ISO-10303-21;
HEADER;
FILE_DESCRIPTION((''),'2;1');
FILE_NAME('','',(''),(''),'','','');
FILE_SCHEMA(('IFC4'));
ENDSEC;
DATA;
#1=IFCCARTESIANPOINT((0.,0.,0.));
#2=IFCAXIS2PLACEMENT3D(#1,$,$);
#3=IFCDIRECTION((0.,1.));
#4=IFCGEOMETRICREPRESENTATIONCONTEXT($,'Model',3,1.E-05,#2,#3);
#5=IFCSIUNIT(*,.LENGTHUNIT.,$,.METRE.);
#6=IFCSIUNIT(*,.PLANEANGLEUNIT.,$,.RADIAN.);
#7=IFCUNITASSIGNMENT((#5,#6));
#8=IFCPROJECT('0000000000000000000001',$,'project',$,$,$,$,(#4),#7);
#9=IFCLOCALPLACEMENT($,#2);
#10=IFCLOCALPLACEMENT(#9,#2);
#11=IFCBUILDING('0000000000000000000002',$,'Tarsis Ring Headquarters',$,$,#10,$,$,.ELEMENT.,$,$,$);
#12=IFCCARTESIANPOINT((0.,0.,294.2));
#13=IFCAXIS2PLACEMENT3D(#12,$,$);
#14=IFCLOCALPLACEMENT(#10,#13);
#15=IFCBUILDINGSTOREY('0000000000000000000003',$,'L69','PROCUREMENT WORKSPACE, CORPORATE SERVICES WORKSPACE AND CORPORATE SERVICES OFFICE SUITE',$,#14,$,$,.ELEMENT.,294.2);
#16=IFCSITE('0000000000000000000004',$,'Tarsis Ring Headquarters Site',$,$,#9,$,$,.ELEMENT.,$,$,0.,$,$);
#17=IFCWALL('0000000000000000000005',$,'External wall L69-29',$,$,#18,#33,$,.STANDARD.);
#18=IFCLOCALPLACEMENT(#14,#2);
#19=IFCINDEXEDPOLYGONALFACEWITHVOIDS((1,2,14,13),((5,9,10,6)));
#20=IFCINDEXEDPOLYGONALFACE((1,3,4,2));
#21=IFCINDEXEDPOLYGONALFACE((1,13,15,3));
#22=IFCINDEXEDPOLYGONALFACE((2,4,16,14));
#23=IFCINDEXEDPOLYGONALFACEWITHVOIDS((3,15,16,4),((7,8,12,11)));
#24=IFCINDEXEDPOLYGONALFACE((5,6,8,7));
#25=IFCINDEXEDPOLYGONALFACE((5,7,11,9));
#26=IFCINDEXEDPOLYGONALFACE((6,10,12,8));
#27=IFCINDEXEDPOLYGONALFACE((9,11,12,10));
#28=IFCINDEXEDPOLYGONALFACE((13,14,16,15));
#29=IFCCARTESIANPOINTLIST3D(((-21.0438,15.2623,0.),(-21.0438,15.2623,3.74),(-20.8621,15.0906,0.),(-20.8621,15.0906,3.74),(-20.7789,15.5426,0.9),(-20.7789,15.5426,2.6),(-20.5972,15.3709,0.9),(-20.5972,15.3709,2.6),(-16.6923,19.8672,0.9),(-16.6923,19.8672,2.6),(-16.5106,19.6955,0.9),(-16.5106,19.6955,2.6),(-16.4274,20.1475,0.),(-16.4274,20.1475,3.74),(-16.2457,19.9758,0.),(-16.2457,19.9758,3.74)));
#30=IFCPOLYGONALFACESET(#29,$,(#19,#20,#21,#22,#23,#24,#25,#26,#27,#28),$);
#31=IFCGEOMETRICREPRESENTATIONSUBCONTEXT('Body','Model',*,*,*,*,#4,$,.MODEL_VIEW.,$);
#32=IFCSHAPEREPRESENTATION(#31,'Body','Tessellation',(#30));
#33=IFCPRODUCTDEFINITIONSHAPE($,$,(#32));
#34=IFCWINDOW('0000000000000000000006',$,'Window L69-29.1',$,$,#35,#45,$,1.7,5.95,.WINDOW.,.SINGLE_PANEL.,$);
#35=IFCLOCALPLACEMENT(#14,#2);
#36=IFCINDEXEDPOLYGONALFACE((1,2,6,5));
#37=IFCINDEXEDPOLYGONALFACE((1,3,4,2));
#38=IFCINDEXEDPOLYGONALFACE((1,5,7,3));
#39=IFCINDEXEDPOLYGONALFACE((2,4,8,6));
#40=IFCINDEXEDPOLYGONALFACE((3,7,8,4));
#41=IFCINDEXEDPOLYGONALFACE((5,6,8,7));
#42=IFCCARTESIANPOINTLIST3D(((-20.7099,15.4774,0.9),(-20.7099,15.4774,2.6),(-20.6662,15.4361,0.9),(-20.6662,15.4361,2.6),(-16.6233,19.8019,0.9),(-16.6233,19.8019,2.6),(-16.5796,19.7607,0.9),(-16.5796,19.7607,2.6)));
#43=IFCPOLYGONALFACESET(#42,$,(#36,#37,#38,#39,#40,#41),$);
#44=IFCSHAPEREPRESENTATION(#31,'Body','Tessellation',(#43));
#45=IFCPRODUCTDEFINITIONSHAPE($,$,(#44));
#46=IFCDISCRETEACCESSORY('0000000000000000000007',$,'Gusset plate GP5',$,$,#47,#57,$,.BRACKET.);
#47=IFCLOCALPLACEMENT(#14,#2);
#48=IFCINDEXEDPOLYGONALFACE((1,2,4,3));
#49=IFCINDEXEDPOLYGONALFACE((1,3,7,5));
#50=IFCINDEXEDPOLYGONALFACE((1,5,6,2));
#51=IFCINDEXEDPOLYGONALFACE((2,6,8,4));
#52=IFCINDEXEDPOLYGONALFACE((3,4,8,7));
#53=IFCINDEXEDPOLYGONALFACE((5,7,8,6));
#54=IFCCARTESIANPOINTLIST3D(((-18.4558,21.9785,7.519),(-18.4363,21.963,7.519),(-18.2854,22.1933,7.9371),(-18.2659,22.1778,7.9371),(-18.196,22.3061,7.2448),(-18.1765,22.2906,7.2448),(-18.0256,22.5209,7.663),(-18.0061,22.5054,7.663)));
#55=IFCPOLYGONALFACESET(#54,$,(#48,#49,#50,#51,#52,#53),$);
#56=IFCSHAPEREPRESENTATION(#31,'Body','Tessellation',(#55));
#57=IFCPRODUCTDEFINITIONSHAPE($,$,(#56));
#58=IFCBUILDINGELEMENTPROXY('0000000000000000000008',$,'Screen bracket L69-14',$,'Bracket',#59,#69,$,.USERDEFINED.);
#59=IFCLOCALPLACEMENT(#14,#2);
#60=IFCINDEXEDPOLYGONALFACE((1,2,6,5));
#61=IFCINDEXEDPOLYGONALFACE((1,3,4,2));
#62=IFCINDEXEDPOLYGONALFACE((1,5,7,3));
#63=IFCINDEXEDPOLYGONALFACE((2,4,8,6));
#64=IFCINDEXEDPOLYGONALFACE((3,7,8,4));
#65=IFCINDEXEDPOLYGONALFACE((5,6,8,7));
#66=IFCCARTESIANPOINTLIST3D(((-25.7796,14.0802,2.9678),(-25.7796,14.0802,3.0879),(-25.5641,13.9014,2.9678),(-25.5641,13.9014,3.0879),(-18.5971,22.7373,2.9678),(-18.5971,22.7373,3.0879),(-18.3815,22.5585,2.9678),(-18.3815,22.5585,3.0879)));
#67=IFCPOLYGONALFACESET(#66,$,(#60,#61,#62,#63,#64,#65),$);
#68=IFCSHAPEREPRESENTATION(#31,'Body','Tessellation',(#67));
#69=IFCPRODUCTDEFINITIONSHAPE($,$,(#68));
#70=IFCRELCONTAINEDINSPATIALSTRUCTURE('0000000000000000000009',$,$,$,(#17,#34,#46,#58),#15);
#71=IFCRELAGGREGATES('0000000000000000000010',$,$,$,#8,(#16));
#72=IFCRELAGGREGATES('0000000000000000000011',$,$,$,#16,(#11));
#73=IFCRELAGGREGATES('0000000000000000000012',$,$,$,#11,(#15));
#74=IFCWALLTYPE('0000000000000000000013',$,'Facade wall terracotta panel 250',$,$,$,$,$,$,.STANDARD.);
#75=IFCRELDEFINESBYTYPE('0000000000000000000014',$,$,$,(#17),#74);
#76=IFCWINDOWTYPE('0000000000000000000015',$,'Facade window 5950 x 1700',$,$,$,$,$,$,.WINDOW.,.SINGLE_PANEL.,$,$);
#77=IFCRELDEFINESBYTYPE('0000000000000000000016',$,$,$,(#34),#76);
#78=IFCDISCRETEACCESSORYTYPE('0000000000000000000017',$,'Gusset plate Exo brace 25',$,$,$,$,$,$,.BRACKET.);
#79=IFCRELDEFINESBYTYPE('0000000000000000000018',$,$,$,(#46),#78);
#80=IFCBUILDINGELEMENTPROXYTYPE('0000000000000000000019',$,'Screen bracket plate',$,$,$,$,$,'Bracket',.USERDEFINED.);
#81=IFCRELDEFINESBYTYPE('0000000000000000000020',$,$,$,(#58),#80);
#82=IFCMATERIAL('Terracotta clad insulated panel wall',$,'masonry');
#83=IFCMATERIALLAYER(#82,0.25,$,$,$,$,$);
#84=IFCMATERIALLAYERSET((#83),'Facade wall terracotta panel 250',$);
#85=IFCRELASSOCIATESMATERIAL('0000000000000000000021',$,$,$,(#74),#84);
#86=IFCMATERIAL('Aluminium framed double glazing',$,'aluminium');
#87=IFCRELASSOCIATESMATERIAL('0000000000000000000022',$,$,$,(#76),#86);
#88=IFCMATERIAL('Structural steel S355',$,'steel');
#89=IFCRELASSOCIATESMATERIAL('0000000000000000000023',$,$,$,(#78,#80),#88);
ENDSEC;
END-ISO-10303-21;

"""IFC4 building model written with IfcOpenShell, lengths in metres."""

from ifc_helpers import new_model, si_unit, direction, frame, frame_2d, origin, origin_2d, place, context, subcontext, project, spatial, rectangle, extrude, material, layer, layer_set, material_profile, profile_set, type_object, element, fill, save


model = new_model("IFC4")

# Units and contexts
model_context = context("Model", 3, precision=1e-05, world=origin(), true_north=direction((0.0, 1.0)))
body_context = subcontext(model_context, "Body", "Model", "MODEL_VIEW")
ifc_project = project(units=[si_unit("LENGTHUNIT", "METRE"), si_unit("PLANEANGLEUNIT", "RADIAN")], contexts=[model_context])

# Site, building, storey
site_placement = place(None, origin())
site = spatial("IfcSite", under=ifc_project, at=site_placement, Name="Tarsis Ring Headquarters Site", CompositionType="ELEMENT", RefElevation=0.0)
building_placement = place(site_placement, origin())
building = spatial("IfcBuilding", under=site, at=building_placement, Name="Tarsis Ring Headquarters", CompositionType="ELEMENT")
storey_placement = place(building_placement, frame((0.0, 0.0, 294.2)))
storey = spatial("IfcBuildingStorey", under=building, at=storey_placement, Name="L69", Description="PROCUREMENT WORKSPACE, CORPORATE SERVICES WORKSPACE AND CORPORATE SERVICES OFFICE SUITE", CompositionType="ELEMENT", Elevation=294.2)

# Shared definitions
ifc_material_1 = material(Name="Structural steel S355", Category="steel")

# Wall, opening, window
ifc_material_2 = material(Name="Terracotta clad insulated panel wall", Category="masonry")
ifc_layer_1 = layer(ifc_material_2, 0.25)
ifc_layer_set_1 = layer_set([ifc_layer_1], Name="Facade wall terracotta panel 250")
wall_type_1 = type_object("IfcWallType", Name="Facade wall terracotta panel 250", PredefinedType="STANDARD", material=ifc_layer_set_1)
ifc_material_3 = material(Name="Aluminium framed double glazing", Category="aluminium")
window_type = type_object("IfcWindowType", Name="Facade window 5950 x 1700", PartitioningType="SINGLE_PANEL", PredefinedType="WINDOW", material=ifc_material_3)
wall_1_placement = place(storey_placement, frame((-16.3364, 20.0618, 0.0), z_axis=(0.0, 0.0, 1.0), x_axis=(-0.686828, -0.72682, 0.0)))
wall_1 = element("IfcWall", 1, at=wall_1_placement, inside=storey, type_object=wall_type_1, Name="External wall L69-29", PredefinedType="STANDARD", context=body_context, shape_type="SweptSolid", body=[
    extrude(rectangle(XDim=6.7214, YDim=0.25, at=frame_2d((3.3608, 0.0))), origin(), (0.0, 0.0, 1.0), 3.74),
])
opening_1_placement = place(wall_1_placement, frame((0.3857, 0.0, 0.8999)))
opening_1 = element("IfcOpeningElement", 2, at=opening_1_placement, cuts=wall_1, PredefinedType="OPENING", context=body_context, shape_type="SweptSolid", body=[
    extrude(rectangle(XDim=5.95, YDim=1.7, at=frame_2d((2.9751, 0.8501))), frame((0.0, 0.135, 0.0), z_axis=(0.0, -1.0, 0.0), x_axis=(1.0, 0.0, 0.0)), (0.0, 0.0, 1.0), 0.27),
])
window_1_placement = place(opening_1_placement, origin())
window_1 = element("IfcWindow", 3, at=window_1_placement, inside=storey, type_object=window_type, Name="Window L69-29.1", OverallHeight=1.7, OverallWidth=5.95, PartitioningType="SINGLE_PANEL", PredefinedType="WINDOW", context=body_context, shape_type="SweptSolid", body=[
    extrude(rectangle(XDim=5.95, YDim=1.7, at=frame_2d((2.9751, 0.8501))), frame((0.0, 0.03, 0.0), z_axis=(0.0, -1.0, 0.0), x_axis=(1.0, 0.0, 0.0)), (0.0, 0.0, 1.0), 0.0601),
])
fill(opening_1, window_1)

# Discrete accessory
ifc_material_profile_1 = material_profile(ifc_material_1, rectangle(XDim=0.0249, YDim=0.5, at=origin_2d()), Name="PL 25x500")
ifc_profile_set_1 = profile_set([ifc_material_profile_1], Name="Structural steel S355")
discrete_accessory_type = type_object("IfcDiscreteAccessoryType", Name="Gusset plate Exo brace 25", PredefinedType="BRACKET", material=ifc_profile_set_1)
discrete_accessory_placement = place(storey_placement, frame((-18.1458, 22.3494, 7.8), z_axis=(-0.340753, -0.429602, -0.836259), x_axis=(0.783468, -0.621432, 0.0)))
element("IfcDiscreteAccessory", 4, at=discrete_accessory_placement, inside=storey, type_object=discrete_accessory_type, Name="Gusset plate GP5", PredefinedType="BRACKET", context=body_context, shape_type="SweptSolid", body=[
    extrude(rectangle(XDim=0.0249, YDim=0.5, at=origin_2d()), origin(), (0.0, 0.0, 1.0), 0.5),
])

# Building element proxy
building_element_proxy_type = type_object("IfcBuildingElementProxyType", Name="Screen bracket plate", ElementType="Bracket", PredefinedType="USERDEFINED", material=ifc_material_1)
proxy_placement = place(storey_placement, frame((-22.0806, 18.3193, 2.9678), z_axis=(0.0, 0.0, 1.0), x_axis=(-0.638516, -0.769608, 0.0)))
element("IfcBuildingElementProxy", 5, at=proxy_placement, inside=storey, type_object=building_element_proxy_type, Name="Screen bracket L69-14", ObjectType="Bracket", PredefinedType="USERDEFINED", context=body_context, shape_type="SweptSolid", body=[
    extrude(rectangle(XDim=11.2488, YDim=0.28, at=origin_2d()), origin(), (0.0, 0.0, 1.0), 0.1201),
])

save(model, "model.ifc")
